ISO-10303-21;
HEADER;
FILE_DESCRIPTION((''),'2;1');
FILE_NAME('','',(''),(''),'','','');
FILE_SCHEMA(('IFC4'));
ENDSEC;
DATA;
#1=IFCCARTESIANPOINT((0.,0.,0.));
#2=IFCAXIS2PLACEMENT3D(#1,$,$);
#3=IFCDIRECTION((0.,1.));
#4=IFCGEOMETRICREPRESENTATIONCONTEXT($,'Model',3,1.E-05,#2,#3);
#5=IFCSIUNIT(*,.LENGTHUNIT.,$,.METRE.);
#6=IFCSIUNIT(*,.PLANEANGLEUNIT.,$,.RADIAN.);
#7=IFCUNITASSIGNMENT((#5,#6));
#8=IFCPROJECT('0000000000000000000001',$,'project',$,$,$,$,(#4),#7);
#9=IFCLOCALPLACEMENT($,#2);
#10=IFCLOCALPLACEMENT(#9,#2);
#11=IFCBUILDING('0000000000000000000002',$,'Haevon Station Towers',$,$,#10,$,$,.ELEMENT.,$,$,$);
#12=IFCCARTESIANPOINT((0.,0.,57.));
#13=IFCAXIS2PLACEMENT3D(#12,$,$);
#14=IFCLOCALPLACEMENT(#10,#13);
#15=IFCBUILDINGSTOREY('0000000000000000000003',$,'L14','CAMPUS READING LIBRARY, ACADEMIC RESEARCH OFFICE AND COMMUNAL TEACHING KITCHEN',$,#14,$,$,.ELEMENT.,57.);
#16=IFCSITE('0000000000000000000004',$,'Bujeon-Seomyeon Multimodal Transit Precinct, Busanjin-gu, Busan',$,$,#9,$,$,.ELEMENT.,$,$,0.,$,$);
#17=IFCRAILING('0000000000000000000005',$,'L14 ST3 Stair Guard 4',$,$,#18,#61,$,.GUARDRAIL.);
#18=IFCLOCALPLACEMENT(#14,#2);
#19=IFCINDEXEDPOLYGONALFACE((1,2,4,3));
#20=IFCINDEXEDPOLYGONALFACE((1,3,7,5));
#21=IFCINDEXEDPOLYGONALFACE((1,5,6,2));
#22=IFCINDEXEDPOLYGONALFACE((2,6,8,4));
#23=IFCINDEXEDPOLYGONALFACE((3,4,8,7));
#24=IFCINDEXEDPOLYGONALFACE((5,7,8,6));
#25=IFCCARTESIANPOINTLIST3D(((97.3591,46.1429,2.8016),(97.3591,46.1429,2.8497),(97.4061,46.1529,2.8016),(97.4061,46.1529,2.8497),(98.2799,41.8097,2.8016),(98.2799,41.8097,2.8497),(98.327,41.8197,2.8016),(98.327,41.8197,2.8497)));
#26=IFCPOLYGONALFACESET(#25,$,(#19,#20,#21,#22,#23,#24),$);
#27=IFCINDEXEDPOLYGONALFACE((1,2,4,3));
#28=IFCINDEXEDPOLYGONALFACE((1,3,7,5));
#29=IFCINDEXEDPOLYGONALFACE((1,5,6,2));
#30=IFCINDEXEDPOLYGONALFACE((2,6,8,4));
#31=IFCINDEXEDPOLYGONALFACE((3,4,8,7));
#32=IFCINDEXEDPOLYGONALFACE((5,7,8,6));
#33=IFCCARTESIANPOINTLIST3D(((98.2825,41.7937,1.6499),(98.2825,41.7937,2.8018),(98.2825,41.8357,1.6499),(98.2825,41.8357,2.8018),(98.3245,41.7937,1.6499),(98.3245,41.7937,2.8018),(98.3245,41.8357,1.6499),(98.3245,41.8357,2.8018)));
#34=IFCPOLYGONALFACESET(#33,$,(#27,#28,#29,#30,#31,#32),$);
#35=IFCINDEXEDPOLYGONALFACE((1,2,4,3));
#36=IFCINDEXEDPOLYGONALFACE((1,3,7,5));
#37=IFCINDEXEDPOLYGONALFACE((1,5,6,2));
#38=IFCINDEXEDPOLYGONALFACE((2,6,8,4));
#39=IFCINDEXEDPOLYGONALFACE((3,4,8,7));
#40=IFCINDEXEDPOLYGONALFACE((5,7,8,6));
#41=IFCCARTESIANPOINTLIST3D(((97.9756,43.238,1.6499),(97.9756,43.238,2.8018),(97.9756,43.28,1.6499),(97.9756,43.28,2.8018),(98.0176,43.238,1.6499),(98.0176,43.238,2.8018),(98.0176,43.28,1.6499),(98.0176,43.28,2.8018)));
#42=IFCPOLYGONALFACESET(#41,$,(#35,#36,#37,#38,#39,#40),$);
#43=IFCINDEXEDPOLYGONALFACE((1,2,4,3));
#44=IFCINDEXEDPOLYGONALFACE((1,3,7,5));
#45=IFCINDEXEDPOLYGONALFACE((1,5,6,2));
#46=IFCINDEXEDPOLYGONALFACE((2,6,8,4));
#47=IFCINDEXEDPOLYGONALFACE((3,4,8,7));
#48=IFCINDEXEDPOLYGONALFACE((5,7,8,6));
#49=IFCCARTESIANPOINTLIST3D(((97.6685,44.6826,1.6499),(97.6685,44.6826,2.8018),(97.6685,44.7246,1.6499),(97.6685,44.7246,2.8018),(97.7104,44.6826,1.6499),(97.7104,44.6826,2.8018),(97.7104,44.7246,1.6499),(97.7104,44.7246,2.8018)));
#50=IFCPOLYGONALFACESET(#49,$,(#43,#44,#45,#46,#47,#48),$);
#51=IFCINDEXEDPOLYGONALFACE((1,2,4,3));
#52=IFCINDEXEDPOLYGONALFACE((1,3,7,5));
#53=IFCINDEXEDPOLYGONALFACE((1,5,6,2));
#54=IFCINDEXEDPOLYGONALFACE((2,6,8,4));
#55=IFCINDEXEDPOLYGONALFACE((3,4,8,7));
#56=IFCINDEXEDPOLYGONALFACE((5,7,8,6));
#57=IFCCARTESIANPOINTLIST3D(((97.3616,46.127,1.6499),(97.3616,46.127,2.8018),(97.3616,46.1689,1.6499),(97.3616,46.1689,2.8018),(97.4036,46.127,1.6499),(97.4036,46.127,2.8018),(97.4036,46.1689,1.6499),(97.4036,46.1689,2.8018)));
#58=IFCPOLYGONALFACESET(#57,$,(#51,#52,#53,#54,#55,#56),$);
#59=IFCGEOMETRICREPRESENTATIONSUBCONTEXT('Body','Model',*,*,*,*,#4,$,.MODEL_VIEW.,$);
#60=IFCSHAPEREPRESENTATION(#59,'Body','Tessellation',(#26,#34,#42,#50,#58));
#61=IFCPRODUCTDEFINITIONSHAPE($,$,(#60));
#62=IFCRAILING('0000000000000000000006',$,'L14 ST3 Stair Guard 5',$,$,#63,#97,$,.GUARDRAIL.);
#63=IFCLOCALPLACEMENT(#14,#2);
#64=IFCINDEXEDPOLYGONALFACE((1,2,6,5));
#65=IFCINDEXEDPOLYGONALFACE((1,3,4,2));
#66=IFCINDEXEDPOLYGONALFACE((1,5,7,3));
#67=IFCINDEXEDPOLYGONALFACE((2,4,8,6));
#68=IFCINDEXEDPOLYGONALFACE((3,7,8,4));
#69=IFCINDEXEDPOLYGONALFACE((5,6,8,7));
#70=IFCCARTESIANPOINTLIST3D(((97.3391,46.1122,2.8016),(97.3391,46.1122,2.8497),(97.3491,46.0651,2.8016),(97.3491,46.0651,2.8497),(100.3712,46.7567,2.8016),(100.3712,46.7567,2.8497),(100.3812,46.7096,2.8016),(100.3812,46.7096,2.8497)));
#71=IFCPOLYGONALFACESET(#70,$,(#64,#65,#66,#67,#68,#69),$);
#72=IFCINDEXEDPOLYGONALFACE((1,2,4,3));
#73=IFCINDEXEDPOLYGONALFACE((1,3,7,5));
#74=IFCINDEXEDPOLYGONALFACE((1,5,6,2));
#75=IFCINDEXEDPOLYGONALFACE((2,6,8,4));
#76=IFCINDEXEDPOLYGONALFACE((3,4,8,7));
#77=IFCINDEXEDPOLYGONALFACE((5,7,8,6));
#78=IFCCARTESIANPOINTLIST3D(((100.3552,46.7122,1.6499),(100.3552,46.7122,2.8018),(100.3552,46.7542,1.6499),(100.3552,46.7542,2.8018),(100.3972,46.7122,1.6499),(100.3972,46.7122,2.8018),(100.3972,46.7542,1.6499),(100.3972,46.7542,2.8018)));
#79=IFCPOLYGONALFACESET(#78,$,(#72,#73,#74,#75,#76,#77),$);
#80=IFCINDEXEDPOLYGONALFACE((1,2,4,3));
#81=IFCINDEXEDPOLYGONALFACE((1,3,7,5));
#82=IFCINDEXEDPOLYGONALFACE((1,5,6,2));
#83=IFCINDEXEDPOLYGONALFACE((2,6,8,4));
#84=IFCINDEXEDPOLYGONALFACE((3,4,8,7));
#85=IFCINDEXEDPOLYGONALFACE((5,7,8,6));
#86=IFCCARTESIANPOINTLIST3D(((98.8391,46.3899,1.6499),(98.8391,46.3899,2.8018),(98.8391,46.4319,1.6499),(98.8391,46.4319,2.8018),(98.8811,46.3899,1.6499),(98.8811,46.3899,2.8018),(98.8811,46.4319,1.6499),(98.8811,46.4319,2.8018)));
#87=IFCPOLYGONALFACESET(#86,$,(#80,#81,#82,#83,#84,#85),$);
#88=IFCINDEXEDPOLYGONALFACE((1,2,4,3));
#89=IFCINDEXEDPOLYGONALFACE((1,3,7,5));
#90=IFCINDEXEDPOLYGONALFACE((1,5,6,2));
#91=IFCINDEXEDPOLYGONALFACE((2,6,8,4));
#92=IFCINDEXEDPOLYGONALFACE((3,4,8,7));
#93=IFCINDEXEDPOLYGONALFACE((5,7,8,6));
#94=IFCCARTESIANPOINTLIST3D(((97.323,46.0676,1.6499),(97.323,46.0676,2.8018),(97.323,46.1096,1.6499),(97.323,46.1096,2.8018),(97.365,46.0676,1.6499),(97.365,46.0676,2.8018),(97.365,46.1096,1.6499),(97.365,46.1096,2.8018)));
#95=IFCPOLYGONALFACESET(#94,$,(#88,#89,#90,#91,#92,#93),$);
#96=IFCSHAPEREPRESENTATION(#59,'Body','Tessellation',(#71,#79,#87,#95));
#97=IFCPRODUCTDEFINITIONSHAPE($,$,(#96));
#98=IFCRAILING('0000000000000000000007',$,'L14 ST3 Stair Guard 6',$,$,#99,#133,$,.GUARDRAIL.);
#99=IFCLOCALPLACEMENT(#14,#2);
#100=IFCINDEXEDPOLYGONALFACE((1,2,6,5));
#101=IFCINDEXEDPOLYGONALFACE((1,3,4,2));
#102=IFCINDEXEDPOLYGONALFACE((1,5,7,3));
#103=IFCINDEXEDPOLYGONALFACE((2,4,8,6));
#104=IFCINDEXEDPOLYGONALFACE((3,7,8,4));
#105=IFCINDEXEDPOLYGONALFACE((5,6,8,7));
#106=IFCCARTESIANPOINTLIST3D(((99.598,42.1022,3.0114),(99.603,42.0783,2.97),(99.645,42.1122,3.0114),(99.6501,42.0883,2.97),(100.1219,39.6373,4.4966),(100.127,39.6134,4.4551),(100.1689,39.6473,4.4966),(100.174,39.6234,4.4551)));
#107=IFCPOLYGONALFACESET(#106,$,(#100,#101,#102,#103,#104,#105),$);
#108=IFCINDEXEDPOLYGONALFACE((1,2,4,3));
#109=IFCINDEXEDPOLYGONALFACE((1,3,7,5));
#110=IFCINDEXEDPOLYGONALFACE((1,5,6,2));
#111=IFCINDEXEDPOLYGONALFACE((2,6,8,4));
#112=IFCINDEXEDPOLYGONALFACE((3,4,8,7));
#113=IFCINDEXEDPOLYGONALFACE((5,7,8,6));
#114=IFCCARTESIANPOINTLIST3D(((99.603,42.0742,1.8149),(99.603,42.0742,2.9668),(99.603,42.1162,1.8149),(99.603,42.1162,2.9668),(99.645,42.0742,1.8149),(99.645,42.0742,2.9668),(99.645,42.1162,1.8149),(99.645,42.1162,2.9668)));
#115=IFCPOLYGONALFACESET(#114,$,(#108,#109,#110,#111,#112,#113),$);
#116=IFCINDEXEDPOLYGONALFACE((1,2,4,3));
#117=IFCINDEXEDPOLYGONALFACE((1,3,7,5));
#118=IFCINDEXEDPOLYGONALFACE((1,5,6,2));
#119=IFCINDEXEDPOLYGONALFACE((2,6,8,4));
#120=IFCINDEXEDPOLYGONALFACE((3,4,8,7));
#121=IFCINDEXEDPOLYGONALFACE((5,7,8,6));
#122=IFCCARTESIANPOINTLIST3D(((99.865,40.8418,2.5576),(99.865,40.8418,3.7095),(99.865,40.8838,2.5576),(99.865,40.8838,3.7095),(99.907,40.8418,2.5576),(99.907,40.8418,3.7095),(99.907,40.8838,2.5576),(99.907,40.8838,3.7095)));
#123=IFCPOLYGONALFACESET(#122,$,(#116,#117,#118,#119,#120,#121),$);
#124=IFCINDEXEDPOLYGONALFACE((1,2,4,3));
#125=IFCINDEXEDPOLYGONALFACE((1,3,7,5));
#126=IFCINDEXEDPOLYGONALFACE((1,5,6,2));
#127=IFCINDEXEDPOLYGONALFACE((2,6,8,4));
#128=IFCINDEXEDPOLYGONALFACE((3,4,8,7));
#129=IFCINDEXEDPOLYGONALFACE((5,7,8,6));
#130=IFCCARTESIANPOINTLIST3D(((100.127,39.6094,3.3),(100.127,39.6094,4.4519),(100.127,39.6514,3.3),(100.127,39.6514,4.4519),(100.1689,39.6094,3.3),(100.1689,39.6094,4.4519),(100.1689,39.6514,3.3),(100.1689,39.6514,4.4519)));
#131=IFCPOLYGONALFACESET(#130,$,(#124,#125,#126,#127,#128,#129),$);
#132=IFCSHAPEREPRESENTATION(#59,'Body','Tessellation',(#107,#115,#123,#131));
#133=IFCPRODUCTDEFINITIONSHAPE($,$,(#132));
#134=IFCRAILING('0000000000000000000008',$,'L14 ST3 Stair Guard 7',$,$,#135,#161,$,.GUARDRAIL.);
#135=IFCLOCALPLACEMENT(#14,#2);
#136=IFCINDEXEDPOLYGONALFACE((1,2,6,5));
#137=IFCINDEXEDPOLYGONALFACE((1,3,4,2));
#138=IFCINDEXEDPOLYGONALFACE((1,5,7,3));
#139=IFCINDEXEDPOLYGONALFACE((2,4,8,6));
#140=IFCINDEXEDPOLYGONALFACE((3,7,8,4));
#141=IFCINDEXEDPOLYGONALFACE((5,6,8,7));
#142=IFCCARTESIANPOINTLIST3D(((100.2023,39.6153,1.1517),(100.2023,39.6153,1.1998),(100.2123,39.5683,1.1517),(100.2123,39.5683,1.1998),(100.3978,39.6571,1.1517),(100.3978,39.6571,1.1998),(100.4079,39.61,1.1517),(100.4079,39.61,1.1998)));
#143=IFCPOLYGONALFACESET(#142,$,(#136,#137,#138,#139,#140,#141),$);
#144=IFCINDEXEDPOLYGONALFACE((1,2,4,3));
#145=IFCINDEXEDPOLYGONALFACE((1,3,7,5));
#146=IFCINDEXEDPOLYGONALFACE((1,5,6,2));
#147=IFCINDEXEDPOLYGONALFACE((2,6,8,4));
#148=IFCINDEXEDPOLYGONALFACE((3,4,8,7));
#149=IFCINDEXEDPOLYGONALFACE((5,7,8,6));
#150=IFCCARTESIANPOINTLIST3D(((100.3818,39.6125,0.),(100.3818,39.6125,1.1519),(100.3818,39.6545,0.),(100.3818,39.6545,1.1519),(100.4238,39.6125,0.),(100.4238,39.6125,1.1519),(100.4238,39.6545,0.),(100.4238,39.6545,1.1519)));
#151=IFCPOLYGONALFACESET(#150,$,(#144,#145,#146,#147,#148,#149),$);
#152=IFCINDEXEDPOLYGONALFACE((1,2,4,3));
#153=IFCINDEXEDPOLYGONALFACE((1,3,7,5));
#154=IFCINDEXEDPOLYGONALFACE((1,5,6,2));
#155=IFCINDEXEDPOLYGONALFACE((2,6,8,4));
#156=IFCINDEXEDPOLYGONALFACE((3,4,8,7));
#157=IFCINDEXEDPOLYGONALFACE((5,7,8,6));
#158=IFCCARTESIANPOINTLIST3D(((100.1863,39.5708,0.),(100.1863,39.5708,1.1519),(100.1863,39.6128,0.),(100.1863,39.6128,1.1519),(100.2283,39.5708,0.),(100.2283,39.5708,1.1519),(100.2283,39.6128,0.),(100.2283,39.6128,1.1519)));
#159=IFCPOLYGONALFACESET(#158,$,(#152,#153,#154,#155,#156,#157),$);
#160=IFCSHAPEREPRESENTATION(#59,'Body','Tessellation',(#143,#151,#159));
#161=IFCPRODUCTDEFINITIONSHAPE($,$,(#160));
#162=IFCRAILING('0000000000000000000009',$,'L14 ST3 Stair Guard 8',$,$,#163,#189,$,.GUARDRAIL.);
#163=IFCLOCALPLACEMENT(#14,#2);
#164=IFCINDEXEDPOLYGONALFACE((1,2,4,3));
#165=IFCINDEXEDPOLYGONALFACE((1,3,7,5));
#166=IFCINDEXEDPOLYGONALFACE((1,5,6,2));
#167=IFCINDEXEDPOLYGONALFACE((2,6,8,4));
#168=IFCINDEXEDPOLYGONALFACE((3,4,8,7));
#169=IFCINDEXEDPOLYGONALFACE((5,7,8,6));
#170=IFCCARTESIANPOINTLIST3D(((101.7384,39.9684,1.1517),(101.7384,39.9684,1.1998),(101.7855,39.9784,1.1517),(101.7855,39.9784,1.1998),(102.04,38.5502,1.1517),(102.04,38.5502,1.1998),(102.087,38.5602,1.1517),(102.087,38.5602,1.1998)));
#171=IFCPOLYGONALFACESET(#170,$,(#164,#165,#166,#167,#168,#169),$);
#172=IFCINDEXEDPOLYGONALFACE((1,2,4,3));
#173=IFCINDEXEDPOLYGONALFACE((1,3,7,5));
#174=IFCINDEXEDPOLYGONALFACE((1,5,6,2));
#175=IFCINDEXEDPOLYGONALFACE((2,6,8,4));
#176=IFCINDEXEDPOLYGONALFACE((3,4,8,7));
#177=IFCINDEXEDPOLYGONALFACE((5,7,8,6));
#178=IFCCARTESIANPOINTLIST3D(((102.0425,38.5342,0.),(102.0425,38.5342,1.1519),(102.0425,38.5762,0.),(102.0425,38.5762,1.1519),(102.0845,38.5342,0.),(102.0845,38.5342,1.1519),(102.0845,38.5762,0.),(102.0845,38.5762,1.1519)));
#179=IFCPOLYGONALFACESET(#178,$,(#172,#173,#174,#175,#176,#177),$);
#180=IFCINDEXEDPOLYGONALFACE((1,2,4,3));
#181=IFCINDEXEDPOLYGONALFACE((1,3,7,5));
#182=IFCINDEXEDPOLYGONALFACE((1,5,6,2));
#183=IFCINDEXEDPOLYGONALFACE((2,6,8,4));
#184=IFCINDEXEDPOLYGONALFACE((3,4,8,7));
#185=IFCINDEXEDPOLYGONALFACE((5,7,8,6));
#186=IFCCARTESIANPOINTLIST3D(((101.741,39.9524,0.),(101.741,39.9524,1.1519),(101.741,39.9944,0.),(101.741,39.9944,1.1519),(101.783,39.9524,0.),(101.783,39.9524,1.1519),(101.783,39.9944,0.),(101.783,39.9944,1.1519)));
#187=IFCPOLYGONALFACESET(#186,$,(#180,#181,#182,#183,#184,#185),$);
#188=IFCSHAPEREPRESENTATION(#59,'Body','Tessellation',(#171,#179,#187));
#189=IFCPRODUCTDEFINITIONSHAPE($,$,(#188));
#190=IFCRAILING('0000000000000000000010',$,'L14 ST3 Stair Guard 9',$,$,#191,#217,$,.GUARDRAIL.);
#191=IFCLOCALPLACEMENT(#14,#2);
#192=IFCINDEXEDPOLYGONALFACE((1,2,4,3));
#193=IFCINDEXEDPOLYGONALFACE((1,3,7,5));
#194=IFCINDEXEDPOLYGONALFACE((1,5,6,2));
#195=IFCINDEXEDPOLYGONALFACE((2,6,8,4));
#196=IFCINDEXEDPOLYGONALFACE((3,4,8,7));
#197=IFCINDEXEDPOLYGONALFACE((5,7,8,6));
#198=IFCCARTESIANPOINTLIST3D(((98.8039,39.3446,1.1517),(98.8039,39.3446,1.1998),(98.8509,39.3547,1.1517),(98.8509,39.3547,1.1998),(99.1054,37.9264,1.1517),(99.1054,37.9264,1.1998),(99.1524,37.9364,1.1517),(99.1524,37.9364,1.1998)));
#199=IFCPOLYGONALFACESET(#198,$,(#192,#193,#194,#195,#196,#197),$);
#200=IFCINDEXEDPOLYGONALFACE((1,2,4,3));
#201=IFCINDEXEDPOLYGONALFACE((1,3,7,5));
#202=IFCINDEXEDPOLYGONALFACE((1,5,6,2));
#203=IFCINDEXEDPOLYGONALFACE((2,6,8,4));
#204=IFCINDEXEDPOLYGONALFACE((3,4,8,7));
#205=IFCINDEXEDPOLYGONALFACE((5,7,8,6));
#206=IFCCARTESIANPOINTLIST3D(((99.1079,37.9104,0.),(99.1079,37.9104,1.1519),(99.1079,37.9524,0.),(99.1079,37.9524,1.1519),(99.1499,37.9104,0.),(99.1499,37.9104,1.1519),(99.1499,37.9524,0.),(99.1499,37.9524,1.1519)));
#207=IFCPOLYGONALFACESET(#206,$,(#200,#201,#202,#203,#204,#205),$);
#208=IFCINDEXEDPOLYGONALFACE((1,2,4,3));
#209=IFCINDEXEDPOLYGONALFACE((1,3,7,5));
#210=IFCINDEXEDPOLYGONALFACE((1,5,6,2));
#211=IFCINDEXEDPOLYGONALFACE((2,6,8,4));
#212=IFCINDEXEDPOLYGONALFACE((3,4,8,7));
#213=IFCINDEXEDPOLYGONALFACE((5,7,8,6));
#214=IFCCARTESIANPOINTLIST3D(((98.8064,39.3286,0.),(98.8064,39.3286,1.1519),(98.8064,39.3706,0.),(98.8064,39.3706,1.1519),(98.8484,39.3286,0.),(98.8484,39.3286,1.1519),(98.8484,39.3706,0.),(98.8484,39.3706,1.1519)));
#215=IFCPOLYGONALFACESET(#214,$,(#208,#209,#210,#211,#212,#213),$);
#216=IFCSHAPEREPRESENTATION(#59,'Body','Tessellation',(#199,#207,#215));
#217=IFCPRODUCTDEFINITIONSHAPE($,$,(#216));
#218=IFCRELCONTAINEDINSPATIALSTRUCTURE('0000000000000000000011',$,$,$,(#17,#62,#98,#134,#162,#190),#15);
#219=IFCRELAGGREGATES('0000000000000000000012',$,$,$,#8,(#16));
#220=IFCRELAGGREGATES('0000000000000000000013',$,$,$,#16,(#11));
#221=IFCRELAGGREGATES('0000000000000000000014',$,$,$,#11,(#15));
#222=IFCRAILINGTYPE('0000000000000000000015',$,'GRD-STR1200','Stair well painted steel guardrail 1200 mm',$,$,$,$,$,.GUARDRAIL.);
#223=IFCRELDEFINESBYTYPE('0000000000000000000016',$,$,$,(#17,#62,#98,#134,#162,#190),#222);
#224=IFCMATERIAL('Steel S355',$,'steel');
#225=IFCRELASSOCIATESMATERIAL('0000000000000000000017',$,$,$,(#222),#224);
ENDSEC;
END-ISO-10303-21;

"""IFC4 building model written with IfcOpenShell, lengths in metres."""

from ifc_helpers import new_model, si_unit, direction, frame, origin, origin_2d, place, context, subcontext, project, spatial, rectangle, extrude, material, type_object, element, save


model = new_model("IFC4")

# Units and contexts
model_context = context("Model", 3, precision=1e-05, world=origin(), true_north=direction((0.0, 1.0)))
body_context = subcontext(model_context, "Body", "Model", "MODEL_VIEW")
ifc_project = project(units=[si_unit("LENGTHUNIT", "METRE"), si_unit("PLANEANGLEUNIT", "RADIAN")], contexts=[model_context])

# Site, building, storey
site_placement = place(None, origin())
site = spatial("IfcSite", under=ifc_project, at=site_placement, Name="Bujeon-Seomyeon Multimodal Transit Precinct, Busanjin-gu, Busan", CompositionType="ELEMENT", RefElevation=0.0)
building_placement = place(site_placement, origin())
building = spatial("IfcBuilding", under=site, at=building_placement, Name="Haevon Station Towers", CompositionType="ELEMENT")
storey_placement = place(building_placement, frame((0.0, 0.0, 57.0)))
storey = spatial("IfcBuildingStorey", under=building, at=storey_placement, Name="L14", Description="CAMPUS READING LIBRARY, ACADEMIC RESEARCH OFFICE AND COMMUNAL TEACHING KITCHEN", CompositionType="ELEMENT", Elevation=57.0)

# Shared definitions
ifc_material_1 = material(Name="Steel S355", Category="steel")

# Railings
railing_type_1 = type_object("IfcRailingType", Name="GRD-STR1200", Description="Stair well painted steel guardrail 1200 mm", PredefinedType="GUARDRAIL", material=ifc_material_1)
railing_1_placement = place(storey_placement, frame((98.3035, 41.8147, 1.6499)))
element("IfcRailing", 1, at=railing_1_placement, inside=storey, type_object=railing_type_1, Name="L14 ST3 Stair Guard 4", PredefinedType="GUARDRAIL", context=body_context, shape_type="SweptSolid", body=[
    extrude(rectangle(XDim=0.0481, YDim=0.0481, at=origin_2d()), frame((0.0, 0.0, 1.1758), z_axis=(-0.207877, 0.978155, 0.0), x_axis=(-0.978155, -0.207877, 0.0)), (0.0, 0.0, 1.0), 4.4299),
    extrude(rectangle(XDim=0.042, YDim=0.042, at=origin_2d()), origin(), (0.0, 0.0, 1.0), 1.1519),
    extrude(rectangle(XDim=0.042, YDim=0.042, at=origin_2d()), frame((-0.3069, 1.4443, 0.0)), (0.0, 0.0, 1.0), 1.1519),
    extrude(rectangle(XDim=0.042, YDim=0.042, at=origin_2d()), frame((-0.614, 2.8889, 0.0)), (0.0, 0.0, 1.0), 1.1519),
    extrude(rectangle(XDim=0.042, YDim=0.042, at=origin_2d()), frame((-0.9209, 4.3333, 0.0)), (0.0, 0.0, 1.0), 1.1519),
])
railing_2_placement = place(storey_placement, frame((100.3762, 46.7332, 1.6499)))
element("IfcRailing", 2, at=railing_2_placement, inside=storey, type_object=railing_type_1, Name="L14 ST3 Stair Guard 5", PredefinedType="GUARDRAIL", context=body_context, shape_type="SweptSolid", body=[
    extrude(rectangle(XDim=0.0481, YDim=0.0481, at=origin_2d()), frame((0.0, 0.0, 1.1758), z_axis=(-0.978147, -0.207915, 0.0), x_axis=(0.207915, -0.978147, 0.0)), (0.0, 0.0, 1.0), 3.0999),
    extrude(rectangle(XDim=0.042, YDim=0.042, at=origin_2d()), origin(), (0.0, 0.0, 1.0), 1.1519),
    extrude(rectangle(XDim=0.042, YDim=0.042, at=origin_2d()), frame((-1.5161, -0.3223, 0.0)), (0.0, 0.0, 1.0), 1.1519),
    extrude(rectangle(XDim=0.042, YDim=0.042, at=origin_2d()), frame((-3.0322, -0.6445, 0.0)), (0.0, 0.0, 1.0), 1.1519),
])
railing_3_placement = place(storey_placement, frame((99.624, 42.0952, 1.8149)))
element("IfcRailing", 3, at=railing_3_placement, inside=storey, type_object=railing_type_1, Name="L14 ST3 Stair Guard 6", PredefinedType="GUARDRAIL", context=body_context, shape_type="SweptSolid", body=[
    extrude(rectangle(XDim=0.0481, YDim=0.0481, at=origin_2d()), frame((0.0, 0.0, 1.1758), z_axis=(0.179121, -0.842688, 0.507733), x_axis=(0.978147, 0.207914, 0.0)), (0.0, 0.0, 1.0), 2.925),
    extrude(rectangle(XDim=0.042, YDim=0.042, at=origin_2d()), origin(), (0.0, 0.0, 1.0), 1.1519),
    extrude(rectangle(XDim=0.042, YDim=0.042, at=origin_2d()), frame((0.262, -1.2324, 0.7427)), (0.0, 0.0, 1.0), 1.1519),
    extrude(rectangle(XDim=0.042, YDim=0.042, at=origin_2d()), frame((0.5239, -2.4648, 1.4851)), (0.0, 0.0, 1.0), 1.1519),
])
railing_4_placement = place(storey_placement, frame((100.4028, 39.6335, 0.0)))
element("IfcRailing", 4, at=railing_4_placement, inside=storey, type_object=railing_type_1, Name="L14 ST3 Stair Guard 7", PredefinedType="GUARDRAIL", context=body_context, shape_type="SweptSolid", body=[
    extrude(rectangle(XDim=0.0481, YDim=0.0481, at=origin_2d()), frame((0.0, 0.0, 1.1758), z_axis=(-0.977963, -0.208779, 0.0), x_axis=(0.208779, -0.977963, 0.0)), (0.0, 0.0, 1.0), 0.2),
    extrude(rectangle(XDim=0.042, YDim=0.042, at=origin_2d()), origin(), (0.0, 0.0, 1.0), 1.1519),
    extrude(rectangle(XDim=0.042, YDim=0.042, at=origin_2d()), frame((-0.1956, -0.0417, 0.0)), (0.0, 0.0, 1.0), 1.1519),
])
for number, where, name in (
    (5, (102.0635, 38.5552, 0.0), "L14 ST3 Stair Guard 8"),
    (6, (99.1289, 37.9314, 0.0), "L14 ST3 Stair Guard 9"),
):
    element("IfcRailing", number, at=place(storey_placement, frame(where)), inside=storey, type_object=railing_type_1, Name=name, PredefinedType="GUARDRAIL", context=body_context, shape_type="SweptSolid", body=[
        extrude(rectangle(XDim=0.0481, YDim=0.0481, at=origin_2d()), frame((0.0, 0.0, 1.1758), z_axis=(-0.207953, 0.978139, 0.0), x_axis=(-0.978139, -0.207953, 0.0)), (0.0, 0.0, 1.0), 1.45),
        extrude(rectangle(XDim=0.042, YDim=0.042, at=origin_2d()), origin(), (0.0, 0.0, 1.0), 1.1519),
        extrude(rectangle(XDim=0.042, YDim=0.042, at=origin_2d()), frame((-0.3015, 1.4182, 0.0)), (0.0, 0.0, 1.0), 1.1519),
    ])

save(model, "model.ifc")
